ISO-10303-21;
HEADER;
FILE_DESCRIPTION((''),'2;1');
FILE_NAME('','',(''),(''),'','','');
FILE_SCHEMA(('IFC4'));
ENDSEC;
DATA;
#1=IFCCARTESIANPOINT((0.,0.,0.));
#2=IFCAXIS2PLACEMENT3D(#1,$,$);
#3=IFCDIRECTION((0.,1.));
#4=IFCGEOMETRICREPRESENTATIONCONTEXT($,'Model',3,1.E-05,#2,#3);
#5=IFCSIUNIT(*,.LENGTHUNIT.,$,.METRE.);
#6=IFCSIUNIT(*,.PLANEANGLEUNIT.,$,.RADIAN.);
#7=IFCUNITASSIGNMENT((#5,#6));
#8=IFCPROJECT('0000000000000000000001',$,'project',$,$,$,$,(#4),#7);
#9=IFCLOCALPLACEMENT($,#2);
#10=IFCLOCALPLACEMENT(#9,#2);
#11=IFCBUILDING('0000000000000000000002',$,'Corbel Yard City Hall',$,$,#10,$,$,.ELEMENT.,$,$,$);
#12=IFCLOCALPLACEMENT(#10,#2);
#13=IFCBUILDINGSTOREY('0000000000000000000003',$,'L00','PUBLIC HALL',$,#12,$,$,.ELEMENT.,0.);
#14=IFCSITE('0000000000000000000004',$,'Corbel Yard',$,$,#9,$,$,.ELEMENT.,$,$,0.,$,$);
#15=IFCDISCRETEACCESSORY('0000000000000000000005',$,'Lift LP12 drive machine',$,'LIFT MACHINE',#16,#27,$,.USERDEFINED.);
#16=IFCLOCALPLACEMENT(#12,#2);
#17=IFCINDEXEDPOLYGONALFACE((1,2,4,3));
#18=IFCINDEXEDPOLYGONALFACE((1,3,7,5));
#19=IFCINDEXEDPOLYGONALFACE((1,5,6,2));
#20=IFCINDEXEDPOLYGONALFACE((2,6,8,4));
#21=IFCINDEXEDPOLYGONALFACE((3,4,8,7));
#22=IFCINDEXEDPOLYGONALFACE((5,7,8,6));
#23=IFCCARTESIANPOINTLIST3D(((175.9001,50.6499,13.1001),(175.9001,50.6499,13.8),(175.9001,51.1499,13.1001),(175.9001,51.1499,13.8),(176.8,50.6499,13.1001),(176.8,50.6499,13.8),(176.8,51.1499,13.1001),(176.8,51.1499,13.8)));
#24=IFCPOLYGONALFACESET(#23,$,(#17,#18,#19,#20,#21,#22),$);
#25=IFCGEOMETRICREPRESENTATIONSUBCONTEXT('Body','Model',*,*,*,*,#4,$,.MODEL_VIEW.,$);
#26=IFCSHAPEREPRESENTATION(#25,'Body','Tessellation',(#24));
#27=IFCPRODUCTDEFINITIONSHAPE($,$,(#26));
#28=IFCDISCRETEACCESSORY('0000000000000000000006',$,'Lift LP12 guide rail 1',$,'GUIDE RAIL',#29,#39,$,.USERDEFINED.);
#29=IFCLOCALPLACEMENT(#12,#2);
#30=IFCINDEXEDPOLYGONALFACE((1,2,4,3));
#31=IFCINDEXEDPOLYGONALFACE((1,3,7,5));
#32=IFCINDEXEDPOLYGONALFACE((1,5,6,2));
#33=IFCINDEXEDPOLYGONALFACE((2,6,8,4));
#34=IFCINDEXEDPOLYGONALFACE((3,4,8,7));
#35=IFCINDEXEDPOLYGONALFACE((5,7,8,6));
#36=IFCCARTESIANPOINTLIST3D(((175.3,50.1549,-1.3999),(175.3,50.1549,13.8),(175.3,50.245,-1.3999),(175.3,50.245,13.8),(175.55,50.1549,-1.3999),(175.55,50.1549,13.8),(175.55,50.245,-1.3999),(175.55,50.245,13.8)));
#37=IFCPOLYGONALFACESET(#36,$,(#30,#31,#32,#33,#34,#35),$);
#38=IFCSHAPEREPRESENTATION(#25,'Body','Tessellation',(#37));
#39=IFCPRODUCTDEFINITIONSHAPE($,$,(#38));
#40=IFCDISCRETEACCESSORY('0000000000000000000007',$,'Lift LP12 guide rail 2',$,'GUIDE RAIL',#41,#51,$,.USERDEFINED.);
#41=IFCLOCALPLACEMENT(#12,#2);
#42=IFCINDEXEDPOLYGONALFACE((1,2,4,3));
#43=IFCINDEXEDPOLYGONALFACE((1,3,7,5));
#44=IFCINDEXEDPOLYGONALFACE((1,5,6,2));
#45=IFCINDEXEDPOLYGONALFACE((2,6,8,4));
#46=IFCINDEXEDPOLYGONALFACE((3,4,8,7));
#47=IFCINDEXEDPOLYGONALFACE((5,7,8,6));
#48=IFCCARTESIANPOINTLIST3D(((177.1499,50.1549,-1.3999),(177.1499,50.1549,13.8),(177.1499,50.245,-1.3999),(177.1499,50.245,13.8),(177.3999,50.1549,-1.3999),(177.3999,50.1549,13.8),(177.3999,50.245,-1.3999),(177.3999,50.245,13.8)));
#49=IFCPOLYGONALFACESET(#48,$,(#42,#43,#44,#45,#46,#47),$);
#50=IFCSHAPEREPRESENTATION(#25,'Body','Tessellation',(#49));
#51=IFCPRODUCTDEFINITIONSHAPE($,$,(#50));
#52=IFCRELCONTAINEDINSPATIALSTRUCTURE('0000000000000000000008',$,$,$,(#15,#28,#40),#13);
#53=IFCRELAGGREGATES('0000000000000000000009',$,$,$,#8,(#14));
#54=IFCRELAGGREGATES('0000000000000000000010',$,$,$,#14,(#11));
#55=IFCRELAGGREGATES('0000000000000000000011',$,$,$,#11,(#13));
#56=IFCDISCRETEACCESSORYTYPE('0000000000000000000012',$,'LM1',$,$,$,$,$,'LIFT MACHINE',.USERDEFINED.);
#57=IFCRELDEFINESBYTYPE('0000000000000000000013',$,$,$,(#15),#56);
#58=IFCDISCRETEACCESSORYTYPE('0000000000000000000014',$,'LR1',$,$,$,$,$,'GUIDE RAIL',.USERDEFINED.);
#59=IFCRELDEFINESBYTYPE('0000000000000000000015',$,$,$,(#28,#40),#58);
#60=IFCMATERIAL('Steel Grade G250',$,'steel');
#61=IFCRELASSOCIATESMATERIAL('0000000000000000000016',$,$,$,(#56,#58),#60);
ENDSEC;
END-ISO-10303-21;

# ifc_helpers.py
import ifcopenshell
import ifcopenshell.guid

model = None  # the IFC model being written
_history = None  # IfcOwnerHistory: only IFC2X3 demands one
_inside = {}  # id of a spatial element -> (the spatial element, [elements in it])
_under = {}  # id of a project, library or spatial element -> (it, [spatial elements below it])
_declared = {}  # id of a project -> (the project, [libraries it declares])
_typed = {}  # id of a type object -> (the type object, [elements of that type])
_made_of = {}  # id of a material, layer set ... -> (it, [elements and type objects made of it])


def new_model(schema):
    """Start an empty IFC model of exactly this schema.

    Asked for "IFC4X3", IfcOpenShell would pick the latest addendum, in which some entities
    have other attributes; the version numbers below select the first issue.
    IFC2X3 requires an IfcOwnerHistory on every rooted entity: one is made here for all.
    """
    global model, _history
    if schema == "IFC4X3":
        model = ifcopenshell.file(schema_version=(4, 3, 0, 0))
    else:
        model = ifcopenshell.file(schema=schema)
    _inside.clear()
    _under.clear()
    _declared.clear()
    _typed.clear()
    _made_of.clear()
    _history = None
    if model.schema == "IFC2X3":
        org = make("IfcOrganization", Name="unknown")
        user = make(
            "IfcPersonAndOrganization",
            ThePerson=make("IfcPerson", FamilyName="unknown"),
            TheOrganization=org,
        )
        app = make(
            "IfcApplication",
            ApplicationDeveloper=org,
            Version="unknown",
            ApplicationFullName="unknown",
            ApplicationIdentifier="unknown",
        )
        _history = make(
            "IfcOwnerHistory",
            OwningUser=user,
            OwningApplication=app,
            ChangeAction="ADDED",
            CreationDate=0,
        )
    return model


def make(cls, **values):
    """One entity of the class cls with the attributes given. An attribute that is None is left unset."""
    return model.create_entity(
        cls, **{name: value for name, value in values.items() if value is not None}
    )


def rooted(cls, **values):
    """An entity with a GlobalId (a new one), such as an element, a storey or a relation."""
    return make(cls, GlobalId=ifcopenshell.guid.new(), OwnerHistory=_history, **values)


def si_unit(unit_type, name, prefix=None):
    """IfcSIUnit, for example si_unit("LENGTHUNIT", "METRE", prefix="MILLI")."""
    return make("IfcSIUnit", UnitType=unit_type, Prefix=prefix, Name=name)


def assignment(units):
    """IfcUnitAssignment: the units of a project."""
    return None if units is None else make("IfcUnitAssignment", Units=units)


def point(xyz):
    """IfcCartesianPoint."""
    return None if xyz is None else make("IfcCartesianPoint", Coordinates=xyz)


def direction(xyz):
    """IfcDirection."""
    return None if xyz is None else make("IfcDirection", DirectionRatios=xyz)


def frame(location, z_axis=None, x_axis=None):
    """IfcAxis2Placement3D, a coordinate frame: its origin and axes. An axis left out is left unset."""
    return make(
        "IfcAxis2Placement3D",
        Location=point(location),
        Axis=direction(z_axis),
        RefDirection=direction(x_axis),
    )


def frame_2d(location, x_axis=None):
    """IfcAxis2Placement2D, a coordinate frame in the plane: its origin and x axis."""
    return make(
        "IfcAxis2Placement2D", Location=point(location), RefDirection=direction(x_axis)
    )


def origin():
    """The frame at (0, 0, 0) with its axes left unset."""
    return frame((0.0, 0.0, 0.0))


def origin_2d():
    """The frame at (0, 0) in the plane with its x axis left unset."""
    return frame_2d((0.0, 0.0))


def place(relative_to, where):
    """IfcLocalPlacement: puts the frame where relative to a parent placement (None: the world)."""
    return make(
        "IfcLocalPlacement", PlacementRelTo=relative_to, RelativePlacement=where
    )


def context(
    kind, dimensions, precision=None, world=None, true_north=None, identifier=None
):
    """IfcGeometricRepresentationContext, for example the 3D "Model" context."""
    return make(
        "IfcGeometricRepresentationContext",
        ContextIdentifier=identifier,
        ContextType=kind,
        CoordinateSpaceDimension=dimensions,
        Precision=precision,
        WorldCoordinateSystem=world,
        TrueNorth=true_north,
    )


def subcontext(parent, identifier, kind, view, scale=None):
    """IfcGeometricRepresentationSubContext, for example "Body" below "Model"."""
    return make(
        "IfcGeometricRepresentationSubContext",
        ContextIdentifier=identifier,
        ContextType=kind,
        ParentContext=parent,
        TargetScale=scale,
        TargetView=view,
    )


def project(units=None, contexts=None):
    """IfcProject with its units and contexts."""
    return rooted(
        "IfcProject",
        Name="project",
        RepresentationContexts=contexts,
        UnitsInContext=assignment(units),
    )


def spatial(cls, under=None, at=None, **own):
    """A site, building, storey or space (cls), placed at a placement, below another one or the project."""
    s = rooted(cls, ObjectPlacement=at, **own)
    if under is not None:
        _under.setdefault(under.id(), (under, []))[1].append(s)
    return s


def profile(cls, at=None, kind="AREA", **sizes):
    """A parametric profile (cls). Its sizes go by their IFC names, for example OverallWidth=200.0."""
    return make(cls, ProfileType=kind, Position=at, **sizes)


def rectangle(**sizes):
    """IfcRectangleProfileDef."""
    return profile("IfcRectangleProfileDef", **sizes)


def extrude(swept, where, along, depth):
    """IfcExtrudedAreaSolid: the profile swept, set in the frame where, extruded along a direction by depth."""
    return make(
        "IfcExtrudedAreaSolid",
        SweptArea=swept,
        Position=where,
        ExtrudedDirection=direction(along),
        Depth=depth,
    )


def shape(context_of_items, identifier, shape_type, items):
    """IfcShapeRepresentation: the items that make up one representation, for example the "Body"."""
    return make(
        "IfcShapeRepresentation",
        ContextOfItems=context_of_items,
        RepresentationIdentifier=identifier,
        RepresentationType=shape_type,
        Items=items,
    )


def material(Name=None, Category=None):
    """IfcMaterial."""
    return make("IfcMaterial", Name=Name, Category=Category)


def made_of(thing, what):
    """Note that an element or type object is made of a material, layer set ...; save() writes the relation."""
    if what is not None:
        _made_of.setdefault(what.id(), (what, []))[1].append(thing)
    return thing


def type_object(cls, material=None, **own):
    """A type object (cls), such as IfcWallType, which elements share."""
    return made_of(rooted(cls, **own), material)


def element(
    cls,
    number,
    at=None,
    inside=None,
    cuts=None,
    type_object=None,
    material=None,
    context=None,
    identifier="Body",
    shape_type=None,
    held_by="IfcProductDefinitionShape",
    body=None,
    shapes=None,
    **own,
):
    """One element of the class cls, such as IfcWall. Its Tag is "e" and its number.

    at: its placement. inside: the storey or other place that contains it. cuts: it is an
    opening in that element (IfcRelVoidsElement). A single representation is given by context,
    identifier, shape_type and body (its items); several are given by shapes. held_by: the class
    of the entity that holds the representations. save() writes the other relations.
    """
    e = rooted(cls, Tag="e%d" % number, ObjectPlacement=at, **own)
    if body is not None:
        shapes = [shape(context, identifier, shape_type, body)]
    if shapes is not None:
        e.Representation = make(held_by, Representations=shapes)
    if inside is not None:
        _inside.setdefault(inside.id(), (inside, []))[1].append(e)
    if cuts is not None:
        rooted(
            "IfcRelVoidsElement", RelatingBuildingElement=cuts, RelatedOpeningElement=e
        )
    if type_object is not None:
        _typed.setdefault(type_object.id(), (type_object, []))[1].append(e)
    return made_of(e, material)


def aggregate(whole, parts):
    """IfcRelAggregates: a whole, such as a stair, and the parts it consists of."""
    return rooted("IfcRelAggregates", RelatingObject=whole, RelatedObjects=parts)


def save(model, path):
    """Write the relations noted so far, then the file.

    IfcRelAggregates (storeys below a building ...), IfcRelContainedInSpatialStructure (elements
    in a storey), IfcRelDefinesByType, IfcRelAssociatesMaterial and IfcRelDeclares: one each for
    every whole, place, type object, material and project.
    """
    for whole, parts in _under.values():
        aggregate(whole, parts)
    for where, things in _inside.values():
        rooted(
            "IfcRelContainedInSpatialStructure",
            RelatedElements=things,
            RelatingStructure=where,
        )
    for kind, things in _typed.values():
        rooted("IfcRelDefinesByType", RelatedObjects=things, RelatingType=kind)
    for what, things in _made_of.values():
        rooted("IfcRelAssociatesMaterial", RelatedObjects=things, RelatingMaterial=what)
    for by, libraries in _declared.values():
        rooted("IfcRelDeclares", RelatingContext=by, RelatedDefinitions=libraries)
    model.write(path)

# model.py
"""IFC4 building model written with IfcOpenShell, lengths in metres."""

from ifc_helpers import new_model, si_unit, direction, frame, origin, origin_2d, place, context, subcontext, project, spatial, rectangle, extrude, material, type_object, element, save


model = new_model("IFC4")

# Units and contexts
model_context = context("Model", 3, precision=1e-05, world=origin(), true_north=direction((0.0, 1.0)))
body_context = subcontext(model_context, "Body", "Model", "MODEL_VIEW")
ifc_project = project(units=[si_unit("LENGTHUNIT", "METRE"), si_unit("PLANEANGLEUNIT", "RADIAN")], contexts=[model_context])

# Site, building, storey
site_placement = place(None, origin())
site = spatial("IfcSite", under=ifc_project, at=site_placement, Name="Corbel Yard", CompositionType="ELEMENT", RefElevation=0.0)
building_placement = place(site_placement, origin())
building = spatial("IfcBuilding", under=site, at=building_placement, Name="Corbel Yard City Hall", CompositionType="ELEMENT")
storey_placement = place(building_placement, origin())
storey = spatial("IfcBuildingStorey", under=building, at=storey_placement, Name="L00", Description="PUBLIC HALL", CompositionType="ELEMENT", Elevation=0.0)

# Shared definitions
ifc_material_1 = material(Name="Steel Grade G250", Category="steel")

# Discrete accessories
discrete_accessory_type_1 = type_object("IfcDiscreteAccessoryType", Name="LM1", ElementType="LIFT MACHINE", PredefinedType="USERDEFINED", material=ifc_material_1)
discrete_accessory_placement = place(storey_placement, frame((176.3501, 50.8999, 13.1001), z_axis=(0.0, 0.0, 1.0), x_axis=(1.0, 0.0, 0.0)))
element("IfcDiscreteAccessory", 1, at=discrete_accessory_placement, inside=storey, type_object=discrete_accessory_type_1, Name="Lift LP12 drive machine", ObjectType="LIFT MACHINE", PredefinedType="USERDEFINED", context=body_context, shape_type="SweptSolid", body=[
    extrude(rectangle(XDim=0.8999, YDim=0.5, at=origin_2d()), origin(), (0.0, 0.0, 1.0), 0.7),
])
discrete_accessory_type_2 = type_object("IfcDiscreteAccessoryType", Name="LR1", ElementType="GUIDE RAIL", PredefinedType="USERDEFINED", material=ifc_material_1)
for number, where, z_axis, x_axis, name in (
    (2, (175.425, 50.2, -1.3999), (0.0, 0.0, 1.0), (1.0, 0.0, 0.0), "Lift LP12 guide rail 1"),
    (3, (177.2749, 50.2, -1.3999), (0.0, 0.0, 1.0), (1.0, 0.0, 0.0), "Lift LP12 guide rail 2"),
):
    element("IfcDiscreteAccessory", number, at=place(storey_placement, frame(where, z_axis=z_axis, x_axis=x_axis)), inside=storey, type_object=discrete_accessory_type_2, Name=name, ObjectType="GUIDE RAIL", PredefinedType="USERDEFINED", context=body_context, shape_type="SweptSolid", body=[
        extrude(rectangle(XDim=0.25, YDim=0.0901, at=origin_2d()), origin(), (0.0, 0.0, 1.0), 15.2),
    ])

save(model, "model.ifc")
